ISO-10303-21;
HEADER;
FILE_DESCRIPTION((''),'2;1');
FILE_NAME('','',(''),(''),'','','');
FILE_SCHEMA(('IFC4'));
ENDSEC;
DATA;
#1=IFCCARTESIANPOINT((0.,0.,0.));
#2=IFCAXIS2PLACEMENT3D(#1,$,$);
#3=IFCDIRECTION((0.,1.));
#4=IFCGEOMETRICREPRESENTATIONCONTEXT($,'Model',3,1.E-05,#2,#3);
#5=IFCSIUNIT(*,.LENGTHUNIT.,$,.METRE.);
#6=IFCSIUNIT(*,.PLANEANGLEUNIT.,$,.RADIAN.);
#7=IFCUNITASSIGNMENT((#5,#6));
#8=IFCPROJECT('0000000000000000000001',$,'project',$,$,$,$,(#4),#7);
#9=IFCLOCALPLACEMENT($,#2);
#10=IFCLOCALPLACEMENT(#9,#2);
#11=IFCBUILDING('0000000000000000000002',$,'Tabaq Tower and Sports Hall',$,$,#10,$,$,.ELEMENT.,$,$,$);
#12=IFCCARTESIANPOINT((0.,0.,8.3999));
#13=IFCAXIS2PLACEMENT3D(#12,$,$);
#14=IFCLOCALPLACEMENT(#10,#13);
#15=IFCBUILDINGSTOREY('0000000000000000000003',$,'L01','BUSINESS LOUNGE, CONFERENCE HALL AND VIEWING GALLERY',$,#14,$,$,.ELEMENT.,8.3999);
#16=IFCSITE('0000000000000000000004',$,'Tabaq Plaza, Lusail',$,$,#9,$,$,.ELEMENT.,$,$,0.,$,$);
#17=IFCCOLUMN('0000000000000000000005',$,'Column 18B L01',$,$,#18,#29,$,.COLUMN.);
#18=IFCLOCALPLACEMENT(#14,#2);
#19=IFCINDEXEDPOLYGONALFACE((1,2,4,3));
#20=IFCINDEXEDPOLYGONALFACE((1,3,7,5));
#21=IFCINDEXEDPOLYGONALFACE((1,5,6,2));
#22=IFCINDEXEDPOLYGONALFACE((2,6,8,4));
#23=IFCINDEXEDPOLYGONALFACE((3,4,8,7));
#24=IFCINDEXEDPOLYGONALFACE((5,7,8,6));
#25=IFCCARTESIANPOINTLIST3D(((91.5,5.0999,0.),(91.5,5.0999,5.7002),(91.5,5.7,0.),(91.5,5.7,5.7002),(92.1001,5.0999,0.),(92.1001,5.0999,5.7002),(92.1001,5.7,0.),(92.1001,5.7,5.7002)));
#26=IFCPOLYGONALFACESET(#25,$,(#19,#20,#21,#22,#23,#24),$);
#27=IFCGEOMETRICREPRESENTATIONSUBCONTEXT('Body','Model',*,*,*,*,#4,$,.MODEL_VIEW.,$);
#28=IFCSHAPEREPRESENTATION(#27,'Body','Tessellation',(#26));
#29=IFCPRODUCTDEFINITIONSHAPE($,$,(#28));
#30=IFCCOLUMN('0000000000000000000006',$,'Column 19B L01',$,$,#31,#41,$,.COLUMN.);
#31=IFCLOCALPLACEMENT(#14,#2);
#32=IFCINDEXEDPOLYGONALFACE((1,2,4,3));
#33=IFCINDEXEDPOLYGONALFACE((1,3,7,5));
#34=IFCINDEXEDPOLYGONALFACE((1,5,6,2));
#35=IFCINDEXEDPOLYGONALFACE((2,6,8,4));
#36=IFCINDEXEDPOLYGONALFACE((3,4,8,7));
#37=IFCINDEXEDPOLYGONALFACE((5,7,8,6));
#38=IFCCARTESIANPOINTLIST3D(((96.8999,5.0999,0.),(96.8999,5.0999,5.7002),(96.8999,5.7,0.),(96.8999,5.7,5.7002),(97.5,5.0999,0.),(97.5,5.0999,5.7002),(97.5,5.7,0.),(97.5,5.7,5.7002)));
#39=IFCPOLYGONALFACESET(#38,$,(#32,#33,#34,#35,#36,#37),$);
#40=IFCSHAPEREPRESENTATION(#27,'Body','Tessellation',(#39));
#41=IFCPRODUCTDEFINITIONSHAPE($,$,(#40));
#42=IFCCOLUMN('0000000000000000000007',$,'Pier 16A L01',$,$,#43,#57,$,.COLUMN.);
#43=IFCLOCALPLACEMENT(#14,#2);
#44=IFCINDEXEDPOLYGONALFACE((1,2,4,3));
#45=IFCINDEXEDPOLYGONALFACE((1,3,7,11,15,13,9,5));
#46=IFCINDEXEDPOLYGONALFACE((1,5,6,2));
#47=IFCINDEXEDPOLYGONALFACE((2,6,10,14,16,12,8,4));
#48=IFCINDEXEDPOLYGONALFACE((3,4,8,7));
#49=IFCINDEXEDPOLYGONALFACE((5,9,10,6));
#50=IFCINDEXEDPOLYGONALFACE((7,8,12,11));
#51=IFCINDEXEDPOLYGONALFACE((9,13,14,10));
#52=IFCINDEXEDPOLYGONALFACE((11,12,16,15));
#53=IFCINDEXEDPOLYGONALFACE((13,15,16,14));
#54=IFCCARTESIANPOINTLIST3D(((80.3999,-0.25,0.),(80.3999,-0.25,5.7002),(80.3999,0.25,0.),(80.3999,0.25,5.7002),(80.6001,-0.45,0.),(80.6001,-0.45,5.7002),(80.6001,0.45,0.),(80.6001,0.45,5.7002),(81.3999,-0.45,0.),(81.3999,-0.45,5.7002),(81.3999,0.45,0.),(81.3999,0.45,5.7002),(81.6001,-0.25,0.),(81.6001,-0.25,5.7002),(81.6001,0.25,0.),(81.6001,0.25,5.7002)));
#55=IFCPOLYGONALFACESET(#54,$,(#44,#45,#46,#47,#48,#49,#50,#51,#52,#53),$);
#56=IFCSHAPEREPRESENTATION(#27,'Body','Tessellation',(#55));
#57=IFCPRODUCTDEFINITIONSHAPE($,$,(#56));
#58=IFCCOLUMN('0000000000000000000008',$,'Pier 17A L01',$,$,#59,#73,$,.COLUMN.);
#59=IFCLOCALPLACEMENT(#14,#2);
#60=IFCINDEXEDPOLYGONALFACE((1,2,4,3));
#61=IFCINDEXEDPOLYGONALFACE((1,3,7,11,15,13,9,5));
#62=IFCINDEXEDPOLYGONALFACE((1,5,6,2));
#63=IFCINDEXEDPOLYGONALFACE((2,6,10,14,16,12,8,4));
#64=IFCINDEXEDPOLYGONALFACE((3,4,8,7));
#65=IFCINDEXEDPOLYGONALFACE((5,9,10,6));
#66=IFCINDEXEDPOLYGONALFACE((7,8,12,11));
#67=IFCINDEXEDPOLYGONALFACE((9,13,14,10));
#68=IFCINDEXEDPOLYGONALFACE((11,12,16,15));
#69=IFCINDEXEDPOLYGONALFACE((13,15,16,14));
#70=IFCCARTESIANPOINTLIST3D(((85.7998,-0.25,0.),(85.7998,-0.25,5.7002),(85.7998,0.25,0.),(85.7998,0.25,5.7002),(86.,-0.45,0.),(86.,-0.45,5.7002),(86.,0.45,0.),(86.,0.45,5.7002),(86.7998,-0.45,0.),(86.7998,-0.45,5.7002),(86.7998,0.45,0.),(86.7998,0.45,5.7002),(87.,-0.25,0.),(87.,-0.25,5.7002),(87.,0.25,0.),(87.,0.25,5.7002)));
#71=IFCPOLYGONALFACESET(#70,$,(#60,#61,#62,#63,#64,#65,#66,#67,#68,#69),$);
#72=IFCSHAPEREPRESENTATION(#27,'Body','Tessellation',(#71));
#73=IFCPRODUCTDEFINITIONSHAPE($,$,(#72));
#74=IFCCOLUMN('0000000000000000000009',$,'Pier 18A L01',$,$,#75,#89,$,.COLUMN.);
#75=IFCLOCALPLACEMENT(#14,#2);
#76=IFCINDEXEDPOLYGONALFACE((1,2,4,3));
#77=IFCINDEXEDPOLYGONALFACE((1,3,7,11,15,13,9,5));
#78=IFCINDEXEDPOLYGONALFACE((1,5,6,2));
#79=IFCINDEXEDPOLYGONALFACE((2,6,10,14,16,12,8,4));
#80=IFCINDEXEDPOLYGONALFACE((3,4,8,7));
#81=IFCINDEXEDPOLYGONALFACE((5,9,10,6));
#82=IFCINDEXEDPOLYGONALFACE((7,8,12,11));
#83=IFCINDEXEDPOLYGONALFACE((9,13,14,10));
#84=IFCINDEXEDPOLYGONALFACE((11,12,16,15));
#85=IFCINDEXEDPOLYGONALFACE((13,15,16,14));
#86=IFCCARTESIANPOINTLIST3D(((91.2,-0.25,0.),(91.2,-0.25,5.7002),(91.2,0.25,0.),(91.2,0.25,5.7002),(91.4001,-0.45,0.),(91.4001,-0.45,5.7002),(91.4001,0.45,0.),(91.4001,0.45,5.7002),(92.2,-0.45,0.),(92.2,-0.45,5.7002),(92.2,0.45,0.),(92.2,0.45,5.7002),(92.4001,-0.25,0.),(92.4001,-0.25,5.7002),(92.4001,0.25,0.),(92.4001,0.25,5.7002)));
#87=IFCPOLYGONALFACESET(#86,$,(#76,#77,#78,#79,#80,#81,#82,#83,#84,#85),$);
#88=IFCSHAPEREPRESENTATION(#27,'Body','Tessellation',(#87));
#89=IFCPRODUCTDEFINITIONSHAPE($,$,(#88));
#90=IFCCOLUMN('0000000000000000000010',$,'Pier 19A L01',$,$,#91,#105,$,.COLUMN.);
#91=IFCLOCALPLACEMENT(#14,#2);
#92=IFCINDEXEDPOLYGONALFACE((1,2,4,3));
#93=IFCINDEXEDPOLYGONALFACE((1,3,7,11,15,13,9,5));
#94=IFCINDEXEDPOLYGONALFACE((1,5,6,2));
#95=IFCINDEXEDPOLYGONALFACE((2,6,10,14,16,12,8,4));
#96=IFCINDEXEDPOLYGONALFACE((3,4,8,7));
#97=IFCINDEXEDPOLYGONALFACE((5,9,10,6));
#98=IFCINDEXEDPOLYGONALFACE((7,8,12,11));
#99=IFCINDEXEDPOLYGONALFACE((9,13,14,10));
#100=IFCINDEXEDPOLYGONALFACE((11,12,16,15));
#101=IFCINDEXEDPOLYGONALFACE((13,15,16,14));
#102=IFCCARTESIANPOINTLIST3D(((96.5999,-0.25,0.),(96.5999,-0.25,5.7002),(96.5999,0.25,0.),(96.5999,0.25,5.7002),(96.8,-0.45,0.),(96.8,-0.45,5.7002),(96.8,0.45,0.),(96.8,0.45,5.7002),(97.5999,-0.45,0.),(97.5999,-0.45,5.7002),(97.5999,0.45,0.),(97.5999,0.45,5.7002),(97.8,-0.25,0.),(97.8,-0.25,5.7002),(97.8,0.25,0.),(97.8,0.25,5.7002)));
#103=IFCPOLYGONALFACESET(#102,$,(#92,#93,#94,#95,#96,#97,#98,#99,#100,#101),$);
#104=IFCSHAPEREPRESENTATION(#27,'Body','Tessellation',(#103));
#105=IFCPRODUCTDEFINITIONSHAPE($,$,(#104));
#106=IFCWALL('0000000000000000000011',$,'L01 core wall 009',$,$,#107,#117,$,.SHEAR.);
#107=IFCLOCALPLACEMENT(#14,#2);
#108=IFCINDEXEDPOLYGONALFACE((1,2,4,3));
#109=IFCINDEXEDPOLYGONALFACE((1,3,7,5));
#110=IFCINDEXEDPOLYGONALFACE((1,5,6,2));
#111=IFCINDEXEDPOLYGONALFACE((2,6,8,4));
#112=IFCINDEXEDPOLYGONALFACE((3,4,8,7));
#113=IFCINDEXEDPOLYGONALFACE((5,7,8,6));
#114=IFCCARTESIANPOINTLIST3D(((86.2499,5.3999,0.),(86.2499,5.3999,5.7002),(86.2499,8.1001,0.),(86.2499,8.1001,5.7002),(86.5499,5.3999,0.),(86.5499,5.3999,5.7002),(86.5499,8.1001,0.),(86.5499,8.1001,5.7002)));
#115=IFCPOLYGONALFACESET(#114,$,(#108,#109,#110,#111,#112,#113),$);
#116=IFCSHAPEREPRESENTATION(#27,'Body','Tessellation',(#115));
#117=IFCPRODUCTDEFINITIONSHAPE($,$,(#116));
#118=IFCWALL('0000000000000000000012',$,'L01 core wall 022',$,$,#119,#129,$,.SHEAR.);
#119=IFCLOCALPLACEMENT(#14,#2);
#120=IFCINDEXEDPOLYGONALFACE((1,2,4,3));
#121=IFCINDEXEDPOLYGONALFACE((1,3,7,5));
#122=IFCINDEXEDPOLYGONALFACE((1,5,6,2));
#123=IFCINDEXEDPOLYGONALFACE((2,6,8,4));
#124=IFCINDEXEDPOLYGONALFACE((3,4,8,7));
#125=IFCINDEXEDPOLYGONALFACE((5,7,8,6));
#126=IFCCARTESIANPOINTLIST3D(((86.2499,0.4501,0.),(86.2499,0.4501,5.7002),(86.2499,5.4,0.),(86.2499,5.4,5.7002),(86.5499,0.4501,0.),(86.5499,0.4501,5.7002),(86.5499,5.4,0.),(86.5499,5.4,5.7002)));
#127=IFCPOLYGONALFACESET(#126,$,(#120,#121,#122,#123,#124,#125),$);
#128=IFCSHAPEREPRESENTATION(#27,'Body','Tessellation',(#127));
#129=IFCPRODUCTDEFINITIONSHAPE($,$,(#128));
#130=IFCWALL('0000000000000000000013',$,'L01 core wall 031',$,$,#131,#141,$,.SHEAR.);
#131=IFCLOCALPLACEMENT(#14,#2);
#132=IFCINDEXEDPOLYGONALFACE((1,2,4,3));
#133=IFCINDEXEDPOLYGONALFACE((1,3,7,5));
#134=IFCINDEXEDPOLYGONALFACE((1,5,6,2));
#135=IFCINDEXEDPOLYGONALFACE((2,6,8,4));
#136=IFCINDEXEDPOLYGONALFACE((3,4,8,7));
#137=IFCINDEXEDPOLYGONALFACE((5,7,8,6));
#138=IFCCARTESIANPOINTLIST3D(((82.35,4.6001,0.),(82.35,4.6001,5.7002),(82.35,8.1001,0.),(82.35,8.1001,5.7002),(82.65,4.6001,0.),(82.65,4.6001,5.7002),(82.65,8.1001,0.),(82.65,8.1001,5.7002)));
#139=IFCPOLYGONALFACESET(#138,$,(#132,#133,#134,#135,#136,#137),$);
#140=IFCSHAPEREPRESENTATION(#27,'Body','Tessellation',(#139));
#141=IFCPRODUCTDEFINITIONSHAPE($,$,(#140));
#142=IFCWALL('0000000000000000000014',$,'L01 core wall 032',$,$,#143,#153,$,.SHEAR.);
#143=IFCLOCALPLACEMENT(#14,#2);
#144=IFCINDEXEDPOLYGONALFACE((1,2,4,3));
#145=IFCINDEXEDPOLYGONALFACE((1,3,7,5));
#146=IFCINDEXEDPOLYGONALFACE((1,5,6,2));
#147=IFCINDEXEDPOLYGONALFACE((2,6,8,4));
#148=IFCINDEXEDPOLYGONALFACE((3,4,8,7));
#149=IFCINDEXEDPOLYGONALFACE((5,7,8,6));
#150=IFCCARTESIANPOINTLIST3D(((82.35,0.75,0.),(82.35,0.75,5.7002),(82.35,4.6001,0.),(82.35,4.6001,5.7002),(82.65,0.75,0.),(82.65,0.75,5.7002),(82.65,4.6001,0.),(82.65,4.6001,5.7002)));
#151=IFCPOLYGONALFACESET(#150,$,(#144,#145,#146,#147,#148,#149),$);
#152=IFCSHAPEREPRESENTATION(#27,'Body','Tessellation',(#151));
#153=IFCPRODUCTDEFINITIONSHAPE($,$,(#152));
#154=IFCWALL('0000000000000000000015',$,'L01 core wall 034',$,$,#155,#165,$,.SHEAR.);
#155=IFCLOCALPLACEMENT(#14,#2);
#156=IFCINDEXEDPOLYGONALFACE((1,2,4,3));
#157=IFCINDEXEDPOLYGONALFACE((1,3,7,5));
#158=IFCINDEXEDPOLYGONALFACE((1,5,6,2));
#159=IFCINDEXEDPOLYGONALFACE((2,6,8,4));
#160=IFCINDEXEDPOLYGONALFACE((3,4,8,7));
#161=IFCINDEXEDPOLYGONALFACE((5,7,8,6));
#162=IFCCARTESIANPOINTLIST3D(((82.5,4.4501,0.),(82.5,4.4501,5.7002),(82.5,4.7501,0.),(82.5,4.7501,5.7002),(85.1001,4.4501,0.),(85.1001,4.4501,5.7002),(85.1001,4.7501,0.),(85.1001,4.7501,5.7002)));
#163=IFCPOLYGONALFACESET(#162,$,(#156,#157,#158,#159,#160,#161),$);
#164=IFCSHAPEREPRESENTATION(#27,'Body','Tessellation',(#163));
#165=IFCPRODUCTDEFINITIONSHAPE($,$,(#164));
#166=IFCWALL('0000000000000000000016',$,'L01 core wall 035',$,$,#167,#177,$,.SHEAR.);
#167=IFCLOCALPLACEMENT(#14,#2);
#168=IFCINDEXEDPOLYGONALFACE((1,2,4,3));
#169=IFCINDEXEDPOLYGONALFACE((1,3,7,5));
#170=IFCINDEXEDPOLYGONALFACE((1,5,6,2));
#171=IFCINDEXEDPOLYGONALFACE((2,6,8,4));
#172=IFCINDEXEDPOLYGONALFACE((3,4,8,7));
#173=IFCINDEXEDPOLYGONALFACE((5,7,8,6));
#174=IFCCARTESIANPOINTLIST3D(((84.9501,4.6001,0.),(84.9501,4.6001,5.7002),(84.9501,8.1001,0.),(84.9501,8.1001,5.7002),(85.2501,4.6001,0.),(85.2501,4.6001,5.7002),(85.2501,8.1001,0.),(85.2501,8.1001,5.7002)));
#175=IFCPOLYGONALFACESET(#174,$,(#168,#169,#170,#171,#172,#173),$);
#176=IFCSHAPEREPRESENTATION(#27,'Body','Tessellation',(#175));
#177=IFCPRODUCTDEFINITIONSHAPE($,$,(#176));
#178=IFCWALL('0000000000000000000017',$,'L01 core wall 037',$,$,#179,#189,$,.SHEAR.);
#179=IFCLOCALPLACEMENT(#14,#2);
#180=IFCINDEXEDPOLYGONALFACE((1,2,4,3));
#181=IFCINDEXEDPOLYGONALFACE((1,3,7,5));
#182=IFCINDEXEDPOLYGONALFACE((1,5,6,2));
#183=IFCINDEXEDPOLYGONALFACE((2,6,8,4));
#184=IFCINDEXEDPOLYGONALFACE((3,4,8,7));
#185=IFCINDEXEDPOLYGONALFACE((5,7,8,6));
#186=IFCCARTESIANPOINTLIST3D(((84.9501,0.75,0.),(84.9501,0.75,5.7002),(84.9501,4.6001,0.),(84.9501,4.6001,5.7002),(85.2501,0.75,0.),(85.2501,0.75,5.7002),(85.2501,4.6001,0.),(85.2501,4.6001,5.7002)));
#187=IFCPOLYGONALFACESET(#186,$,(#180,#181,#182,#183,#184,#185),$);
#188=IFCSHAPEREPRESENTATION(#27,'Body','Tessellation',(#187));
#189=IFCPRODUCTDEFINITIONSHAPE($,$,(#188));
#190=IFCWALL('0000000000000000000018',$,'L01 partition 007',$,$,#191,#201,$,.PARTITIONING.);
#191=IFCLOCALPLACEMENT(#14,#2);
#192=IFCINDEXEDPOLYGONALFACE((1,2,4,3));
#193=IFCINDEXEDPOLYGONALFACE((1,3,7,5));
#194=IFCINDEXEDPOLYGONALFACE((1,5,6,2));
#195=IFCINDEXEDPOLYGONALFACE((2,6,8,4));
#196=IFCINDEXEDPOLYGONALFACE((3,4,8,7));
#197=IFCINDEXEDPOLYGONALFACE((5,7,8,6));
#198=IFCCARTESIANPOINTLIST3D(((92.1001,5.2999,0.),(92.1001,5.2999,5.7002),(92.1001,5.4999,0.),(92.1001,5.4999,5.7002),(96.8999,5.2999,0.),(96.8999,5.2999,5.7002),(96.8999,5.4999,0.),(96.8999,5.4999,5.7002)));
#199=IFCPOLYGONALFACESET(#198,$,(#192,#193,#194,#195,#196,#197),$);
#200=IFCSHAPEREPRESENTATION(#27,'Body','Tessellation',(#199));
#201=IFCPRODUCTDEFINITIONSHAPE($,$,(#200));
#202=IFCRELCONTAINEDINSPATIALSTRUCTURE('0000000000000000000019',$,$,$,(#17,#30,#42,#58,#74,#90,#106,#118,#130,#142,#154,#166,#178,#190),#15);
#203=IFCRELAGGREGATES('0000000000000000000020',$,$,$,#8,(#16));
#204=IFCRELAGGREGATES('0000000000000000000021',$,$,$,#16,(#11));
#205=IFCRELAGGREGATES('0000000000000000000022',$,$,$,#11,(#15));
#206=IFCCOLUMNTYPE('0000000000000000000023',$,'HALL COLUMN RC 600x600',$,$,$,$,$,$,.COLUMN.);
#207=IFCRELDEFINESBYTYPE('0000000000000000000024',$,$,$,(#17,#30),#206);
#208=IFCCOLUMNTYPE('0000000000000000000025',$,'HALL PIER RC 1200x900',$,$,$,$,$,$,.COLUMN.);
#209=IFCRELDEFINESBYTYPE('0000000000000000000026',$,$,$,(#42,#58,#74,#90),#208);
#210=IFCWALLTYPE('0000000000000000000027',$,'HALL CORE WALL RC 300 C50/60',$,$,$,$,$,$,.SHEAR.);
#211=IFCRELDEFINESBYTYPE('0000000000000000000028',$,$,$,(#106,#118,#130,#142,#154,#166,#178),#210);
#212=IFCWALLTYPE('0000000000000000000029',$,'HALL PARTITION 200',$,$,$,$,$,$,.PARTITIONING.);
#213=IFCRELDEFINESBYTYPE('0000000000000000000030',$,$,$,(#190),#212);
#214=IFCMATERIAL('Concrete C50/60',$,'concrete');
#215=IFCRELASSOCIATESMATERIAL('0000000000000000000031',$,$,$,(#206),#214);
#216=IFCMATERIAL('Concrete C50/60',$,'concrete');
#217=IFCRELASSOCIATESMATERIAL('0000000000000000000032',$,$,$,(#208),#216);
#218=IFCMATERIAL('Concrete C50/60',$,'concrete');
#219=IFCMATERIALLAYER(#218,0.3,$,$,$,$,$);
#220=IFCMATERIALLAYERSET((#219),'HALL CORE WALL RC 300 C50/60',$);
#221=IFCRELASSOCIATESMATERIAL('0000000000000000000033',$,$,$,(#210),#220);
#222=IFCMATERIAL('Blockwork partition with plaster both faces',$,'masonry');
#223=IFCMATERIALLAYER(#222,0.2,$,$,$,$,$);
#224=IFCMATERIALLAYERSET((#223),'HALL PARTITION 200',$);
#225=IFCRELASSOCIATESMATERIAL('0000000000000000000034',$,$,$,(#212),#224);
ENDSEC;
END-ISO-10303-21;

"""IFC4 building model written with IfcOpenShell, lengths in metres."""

from ifc_helpers import new_model, si_unit, direction, frame, frame_2d, origin, origin_2d, place, context, subcontext, project, spatial, polyline, rectangle, outline, extrude, material, layer, layer_set, material_profile, profile_set, type_object, element, save


model = new_model("IFC4")

# Units and contexts
model_context = context("Model", 3, precision=1e-05, world=origin(), true_north=direction((0.0, 1.0)))
body_context = subcontext(model_context, "Body", "Model", "MODEL_VIEW")
ifc_project = project(units=[si_unit("LENGTHUNIT", "METRE"), si_unit("PLANEANGLEUNIT", "RADIAN")], contexts=[model_context])

# Site, building, storey
site_placement = place(None, origin())
site = spatial("IfcSite", under=ifc_project, at=site_placement, Name="Tabaq Plaza, Lusail", CompositionType="ELEMENT", RefElevation=0.0)
building_placement = place(site_placement, origin())
building = spatial("IfcBuilding", under=site, at=building_placement, Name="Tabaq Tower and Sports Hall", CompositionType="ELEMENT")
storey_placement = place(building_placement, frame((0.0, 0.0, 8.3999)))
storey = spatial("IfcBuildingStorey", under=building, at=storey_placement, Name="L01", Description="BUSINESS LOUNGE, CONFERENCE HALL AND VIEWING GALLERY", CompositionType="ELEMENT", Elevation=8.3999)

# Columns
ifc_material_1 = material(Name="Concrete C50/60", Category="concrete")
ifc_material_profile_1 = material_profile(ifc_material_1, rectangle(XDim=0.6001, YDim=0.6001, at=origin_2d()), Name="RC 600x600")
ifc_profile_set_1 = profile_set([ifc_material_profile_1], Name="Concrete C50/60")
column_type_1 = type_object("IfcColumnType", Name="HALL COLUMN RC 600x600", PredefinedType="COLUMN", material=ifc_profile_set_1)
for number, where, z_axis, x_axis, name in (
    (1, (91.8, 5.3999, 0.0), (0.0, 0.0, 1.0), (1.0, 0.0, 0.0), "Column 18B L01"),
    (2, (97.2, 5.3999, 0.0), (0.0, 0.0, 1.0), (1.0, 0.0, 0.0), "Column 19B L01"),
):
    element("IfcColumn", number, at=place(storey_placement, frame(where, z_axis=z_axis, x_axis=x_axis)), inside=storey, type_object=column_type_1, Name=name, PredefinedType="COLUMN", context=body_context, shape_type="SweptSolid", body=[
        extrude(rectangle(XDim=0.6001, YDim=0.6001, at=origin_2d()), origin(), (0.0, 0.0, 1.0), 5.7002),
    ])
ifc_material_2 = material(Name="Concrete C50/60", Category="concrete")
ifc_material_profile_2 = material_profile(ifc_material_2, outline(polyline([(-0.3999, -0.45), (0.3999, -0.45), (0.6001, -0.25), (0.6001, 0.25), (0.3999, 0.45), (-0.3999, 0.45), (-0.6001, 0.25), (-0.6001, -0.25), (-0.3999, -0.45)])), Name="PIER 1200x900")
ifc_profile_set_2 = profile_set([ifc_material_profile_2], Name="Concrete C50/60")
column_type_2 = type_object("IfcColumnType", Name="HALL PIER RC 1200x900", PredefinedType="COLUMN", material=ifc_profile_set_2)
for number, where, z_axis, x_axis, name in (
    (3, (81.0, 0.0, 0.0), (0.0, 0.0, 1.0), (1.0, 0.0, 0.0), "Pier 16A L01"),
    (4, (86.3999, 0.0, 0.0), (0.0, 0.0, 1.0), (1.0, 0.0, 0.0), "Pier 17A L01"),
    (5, (91.8, 0.0, 0.0), (0.0, 0.0, 1.0), (1.0, 0.0, 0.0), "Pier 18A L01"),
    (6, (97.2, 0.0, 0.0), (0.0, 0.0, 1.0), (1.0, 0.0, 0.0), "Pier 19A L01"),
):
    element("IfcColumn", number, at=place(storey_placement, frame(where, z_axis=z_axis, x_axis=x_axis)), inside=storey, type_object=column_type_2, Name=name, PredefinedType="COLUMN", context=body_context, shape_type="SweptSolid", body=[
        extrude(outline(polyline([(-0.3999, -0.45), (0.3999, -0.45), (0.6001, -0.25), (0.6001, 0.25), (0.3999, 0.45), (-0.3999, 0.45), (-0.6001, 0.25), (-0.6001, -0.25), (-0.3999, -0.45)])), origin(), (0.0, 0.0, 1.0), 5.7002),
    ])

# Walls
ifc_material_3 = material(Name="Concrete C50/60", Category="concrete")
ifc_layer_1 = layer(ifc_material_3, 0.3)
ifc_layer_set_1 = layer_set([ifc_layer_1], Name="HALL CORE WALL RC 300 C50/60")
wall_type_1 = type_object("IfcWallType", Name="HALL CORE WALL RC 300 C50/60", PredefinedType="SHEAR", material=ifc_layer_set_1)
wall_1_placement = place(storey_placement, frame((86.3999, 5.3999, 0.0), z_axis=(0.0, 0.0, 1.0), x_axis=(0.0, 1.0, 0.0)))
element("IfcWall", 7, at=wall_1_placement, inside=storey, type_object=wall_type_1, Name="L01 core wall 009", PredefinedType="SHEAR", context=body_context, shape_type="SweptSolid", body=[
    extrude(rectangle(XDim=2.7002, YDim=0.3, at=frame_2d((1.3501, 0.0))), origin(), (0.0, 0.0, 1.0), 5.7002),
])
wall_2_placement = place(storey_placement, frame((86.3999, 0.45, 0.0), z_axis=(0.0, 0.0, 1.0), x_axis=(0.0, 1.0, 0.0)))
element("IfcWall", 8, at=wall_2_placement, inside=storey, type_object=wall_type_1, Name="L01 core wall 022", PredefinedType="SHEAR", context=body_context, shape_type="SweptSolid", body=[
    extrude(rectangle(XDim=4.95, YDim=0.3, at=frame_2d((2.4751, 0.0))), origin(), (0.0, 0.0, 1.0), 5.7002),
])
wall_3_placement = place(storey_placement, frame((82.5, 4.6001, 0.0), z_axis=(0.0, 0.0, 1.0), x_axis=(0.0, 1.0, 0.0)))
element("IfcWall", 9, at=wall_3_placement, inside=storey, type_object=wall_type_1, Name="L01 core wall 031", PredefinedType="SHEAR", context=body_context, shape_type="SweptSolid", body=[
    extrude(rectangle(XDim=3.5, YDim=0.3, at=frame_2d((1.75, 0.0))), origin(), (0.0, 0.0, 1.0), 5.7002),
])
wall_4_placement = place(storey_placement, frame((82.5, 0.75, 0.0), z_axis=(0.0, 0.0, 1.0), x_axis=(0.0, 1.0, 0.0)))
element("IfcWall", 10, at=wall_4_placement, inside=storey, type_object=wall_type_1, Name="L01 core wall 032", PredefinedType="SHEAR", context=body_context, shape_type="SweptSolid", body=[
    extrude(rectangle(XDim=3.8501, YDim=0.3, at=frame_2d((1.925, 0.0))), origin(), (0.0, 0.0, 1.0), 5.7002),
])
wall_5_placement = place(storey_placement, frame((82.5, 4.6001, 0.0), z_axis=(0.0, 0.0, 1.0), x_axis=(1.0, 0.0, 0.0)))
element("IfcWall", 11, at=wall_5_placement, inside=storey, type_object=wall_type_1, Name="L01 core wall 034", PredefinedType="SHEAR", context=body_context, shape_type="SweptSolid", body=[
    extrude(rectangle(XDim=2.6001, YDim=0.3, at=frame_2d((1.3, 0.0))), origin(), (0.0, 0.0, 1.0), 5.7002),
])
wall_6_placement = place(storey_placement, frame((85.1001, 4.6001, 0.0), z_axis=(0.0, 0.0, 1.0), x_axis=(0.0, 1.0, 0.0)))
element("IfcWall", 12, at=wall_6_placement, inside=storey, type_object=wall_type_1, Name="L01 core wall 035", PredefinedType="SHEAR", context=body_context, shape_type="SweptSolid", body=[
    extrude(rectangle(XDim=3.5, YDim=0.3, at=frame_2d((1.75, 0.0))), origin(), (0.0, 0.0, 1.0), 5.7002),
])
wall_7_placement = place(storey_placement, frame((85.1001, 0.75, 0.0), z_axis=(0.0, 0.0, 1.0), x_axis=(0.0, 1.0, 0.0)))
element("IfcWall", 13, at=wall_7_placement, inside=storey, type_object=wall_type_1, Name="L01 core wall 037", PredefinedType="SHEAR", context=body_context, shape_type="SweptSolid", body=[
    extrude(rectangle(XDim=3.8501, YDim=0.3, at=frame_2d((1.925, 0.0))), origin(), (0.0, 0.0, 1.0), 5.7002),
])

# Shared definitions
ifc_material_4 = material(Name="Blockwork partition with plaster both faces", Category="masonry")
ifc_layer_2 = layer(ifc_material_4, 0.2)
ifc_layer_set_2 = layer_set([ifc_layer_2], Name="HALL PARTITION 200")
wall_type_2 = type_object("IfcWallType", Name="HALL PARTITION 200", PredefinedType="PARTITIONING", material=ifc_layer_set_2)

# Wall
wall_8_placement = place(storey_placement, frame((92.1001, 5.3999, 0.0), z_axis=(0.0, 0.0, 1.0), x_axis=(1.0, 0.0, 0.0)))
element("IfcWall", 14, at=wall_8_placement, inside=storey, type_object=wall_type_2, Name="L01 partition 007", PredefinedType="PARTITIONING", context=body_context, shape_type="SweptSolid", body=[
    extrude(rectangle(XDim=4.7998, YDim=0.2, at=frame_2d((2.3999, 0.0))), origin(), (0.0, 0.0, 1.0), 5.7002),
])

save(model, "model.ifc")
